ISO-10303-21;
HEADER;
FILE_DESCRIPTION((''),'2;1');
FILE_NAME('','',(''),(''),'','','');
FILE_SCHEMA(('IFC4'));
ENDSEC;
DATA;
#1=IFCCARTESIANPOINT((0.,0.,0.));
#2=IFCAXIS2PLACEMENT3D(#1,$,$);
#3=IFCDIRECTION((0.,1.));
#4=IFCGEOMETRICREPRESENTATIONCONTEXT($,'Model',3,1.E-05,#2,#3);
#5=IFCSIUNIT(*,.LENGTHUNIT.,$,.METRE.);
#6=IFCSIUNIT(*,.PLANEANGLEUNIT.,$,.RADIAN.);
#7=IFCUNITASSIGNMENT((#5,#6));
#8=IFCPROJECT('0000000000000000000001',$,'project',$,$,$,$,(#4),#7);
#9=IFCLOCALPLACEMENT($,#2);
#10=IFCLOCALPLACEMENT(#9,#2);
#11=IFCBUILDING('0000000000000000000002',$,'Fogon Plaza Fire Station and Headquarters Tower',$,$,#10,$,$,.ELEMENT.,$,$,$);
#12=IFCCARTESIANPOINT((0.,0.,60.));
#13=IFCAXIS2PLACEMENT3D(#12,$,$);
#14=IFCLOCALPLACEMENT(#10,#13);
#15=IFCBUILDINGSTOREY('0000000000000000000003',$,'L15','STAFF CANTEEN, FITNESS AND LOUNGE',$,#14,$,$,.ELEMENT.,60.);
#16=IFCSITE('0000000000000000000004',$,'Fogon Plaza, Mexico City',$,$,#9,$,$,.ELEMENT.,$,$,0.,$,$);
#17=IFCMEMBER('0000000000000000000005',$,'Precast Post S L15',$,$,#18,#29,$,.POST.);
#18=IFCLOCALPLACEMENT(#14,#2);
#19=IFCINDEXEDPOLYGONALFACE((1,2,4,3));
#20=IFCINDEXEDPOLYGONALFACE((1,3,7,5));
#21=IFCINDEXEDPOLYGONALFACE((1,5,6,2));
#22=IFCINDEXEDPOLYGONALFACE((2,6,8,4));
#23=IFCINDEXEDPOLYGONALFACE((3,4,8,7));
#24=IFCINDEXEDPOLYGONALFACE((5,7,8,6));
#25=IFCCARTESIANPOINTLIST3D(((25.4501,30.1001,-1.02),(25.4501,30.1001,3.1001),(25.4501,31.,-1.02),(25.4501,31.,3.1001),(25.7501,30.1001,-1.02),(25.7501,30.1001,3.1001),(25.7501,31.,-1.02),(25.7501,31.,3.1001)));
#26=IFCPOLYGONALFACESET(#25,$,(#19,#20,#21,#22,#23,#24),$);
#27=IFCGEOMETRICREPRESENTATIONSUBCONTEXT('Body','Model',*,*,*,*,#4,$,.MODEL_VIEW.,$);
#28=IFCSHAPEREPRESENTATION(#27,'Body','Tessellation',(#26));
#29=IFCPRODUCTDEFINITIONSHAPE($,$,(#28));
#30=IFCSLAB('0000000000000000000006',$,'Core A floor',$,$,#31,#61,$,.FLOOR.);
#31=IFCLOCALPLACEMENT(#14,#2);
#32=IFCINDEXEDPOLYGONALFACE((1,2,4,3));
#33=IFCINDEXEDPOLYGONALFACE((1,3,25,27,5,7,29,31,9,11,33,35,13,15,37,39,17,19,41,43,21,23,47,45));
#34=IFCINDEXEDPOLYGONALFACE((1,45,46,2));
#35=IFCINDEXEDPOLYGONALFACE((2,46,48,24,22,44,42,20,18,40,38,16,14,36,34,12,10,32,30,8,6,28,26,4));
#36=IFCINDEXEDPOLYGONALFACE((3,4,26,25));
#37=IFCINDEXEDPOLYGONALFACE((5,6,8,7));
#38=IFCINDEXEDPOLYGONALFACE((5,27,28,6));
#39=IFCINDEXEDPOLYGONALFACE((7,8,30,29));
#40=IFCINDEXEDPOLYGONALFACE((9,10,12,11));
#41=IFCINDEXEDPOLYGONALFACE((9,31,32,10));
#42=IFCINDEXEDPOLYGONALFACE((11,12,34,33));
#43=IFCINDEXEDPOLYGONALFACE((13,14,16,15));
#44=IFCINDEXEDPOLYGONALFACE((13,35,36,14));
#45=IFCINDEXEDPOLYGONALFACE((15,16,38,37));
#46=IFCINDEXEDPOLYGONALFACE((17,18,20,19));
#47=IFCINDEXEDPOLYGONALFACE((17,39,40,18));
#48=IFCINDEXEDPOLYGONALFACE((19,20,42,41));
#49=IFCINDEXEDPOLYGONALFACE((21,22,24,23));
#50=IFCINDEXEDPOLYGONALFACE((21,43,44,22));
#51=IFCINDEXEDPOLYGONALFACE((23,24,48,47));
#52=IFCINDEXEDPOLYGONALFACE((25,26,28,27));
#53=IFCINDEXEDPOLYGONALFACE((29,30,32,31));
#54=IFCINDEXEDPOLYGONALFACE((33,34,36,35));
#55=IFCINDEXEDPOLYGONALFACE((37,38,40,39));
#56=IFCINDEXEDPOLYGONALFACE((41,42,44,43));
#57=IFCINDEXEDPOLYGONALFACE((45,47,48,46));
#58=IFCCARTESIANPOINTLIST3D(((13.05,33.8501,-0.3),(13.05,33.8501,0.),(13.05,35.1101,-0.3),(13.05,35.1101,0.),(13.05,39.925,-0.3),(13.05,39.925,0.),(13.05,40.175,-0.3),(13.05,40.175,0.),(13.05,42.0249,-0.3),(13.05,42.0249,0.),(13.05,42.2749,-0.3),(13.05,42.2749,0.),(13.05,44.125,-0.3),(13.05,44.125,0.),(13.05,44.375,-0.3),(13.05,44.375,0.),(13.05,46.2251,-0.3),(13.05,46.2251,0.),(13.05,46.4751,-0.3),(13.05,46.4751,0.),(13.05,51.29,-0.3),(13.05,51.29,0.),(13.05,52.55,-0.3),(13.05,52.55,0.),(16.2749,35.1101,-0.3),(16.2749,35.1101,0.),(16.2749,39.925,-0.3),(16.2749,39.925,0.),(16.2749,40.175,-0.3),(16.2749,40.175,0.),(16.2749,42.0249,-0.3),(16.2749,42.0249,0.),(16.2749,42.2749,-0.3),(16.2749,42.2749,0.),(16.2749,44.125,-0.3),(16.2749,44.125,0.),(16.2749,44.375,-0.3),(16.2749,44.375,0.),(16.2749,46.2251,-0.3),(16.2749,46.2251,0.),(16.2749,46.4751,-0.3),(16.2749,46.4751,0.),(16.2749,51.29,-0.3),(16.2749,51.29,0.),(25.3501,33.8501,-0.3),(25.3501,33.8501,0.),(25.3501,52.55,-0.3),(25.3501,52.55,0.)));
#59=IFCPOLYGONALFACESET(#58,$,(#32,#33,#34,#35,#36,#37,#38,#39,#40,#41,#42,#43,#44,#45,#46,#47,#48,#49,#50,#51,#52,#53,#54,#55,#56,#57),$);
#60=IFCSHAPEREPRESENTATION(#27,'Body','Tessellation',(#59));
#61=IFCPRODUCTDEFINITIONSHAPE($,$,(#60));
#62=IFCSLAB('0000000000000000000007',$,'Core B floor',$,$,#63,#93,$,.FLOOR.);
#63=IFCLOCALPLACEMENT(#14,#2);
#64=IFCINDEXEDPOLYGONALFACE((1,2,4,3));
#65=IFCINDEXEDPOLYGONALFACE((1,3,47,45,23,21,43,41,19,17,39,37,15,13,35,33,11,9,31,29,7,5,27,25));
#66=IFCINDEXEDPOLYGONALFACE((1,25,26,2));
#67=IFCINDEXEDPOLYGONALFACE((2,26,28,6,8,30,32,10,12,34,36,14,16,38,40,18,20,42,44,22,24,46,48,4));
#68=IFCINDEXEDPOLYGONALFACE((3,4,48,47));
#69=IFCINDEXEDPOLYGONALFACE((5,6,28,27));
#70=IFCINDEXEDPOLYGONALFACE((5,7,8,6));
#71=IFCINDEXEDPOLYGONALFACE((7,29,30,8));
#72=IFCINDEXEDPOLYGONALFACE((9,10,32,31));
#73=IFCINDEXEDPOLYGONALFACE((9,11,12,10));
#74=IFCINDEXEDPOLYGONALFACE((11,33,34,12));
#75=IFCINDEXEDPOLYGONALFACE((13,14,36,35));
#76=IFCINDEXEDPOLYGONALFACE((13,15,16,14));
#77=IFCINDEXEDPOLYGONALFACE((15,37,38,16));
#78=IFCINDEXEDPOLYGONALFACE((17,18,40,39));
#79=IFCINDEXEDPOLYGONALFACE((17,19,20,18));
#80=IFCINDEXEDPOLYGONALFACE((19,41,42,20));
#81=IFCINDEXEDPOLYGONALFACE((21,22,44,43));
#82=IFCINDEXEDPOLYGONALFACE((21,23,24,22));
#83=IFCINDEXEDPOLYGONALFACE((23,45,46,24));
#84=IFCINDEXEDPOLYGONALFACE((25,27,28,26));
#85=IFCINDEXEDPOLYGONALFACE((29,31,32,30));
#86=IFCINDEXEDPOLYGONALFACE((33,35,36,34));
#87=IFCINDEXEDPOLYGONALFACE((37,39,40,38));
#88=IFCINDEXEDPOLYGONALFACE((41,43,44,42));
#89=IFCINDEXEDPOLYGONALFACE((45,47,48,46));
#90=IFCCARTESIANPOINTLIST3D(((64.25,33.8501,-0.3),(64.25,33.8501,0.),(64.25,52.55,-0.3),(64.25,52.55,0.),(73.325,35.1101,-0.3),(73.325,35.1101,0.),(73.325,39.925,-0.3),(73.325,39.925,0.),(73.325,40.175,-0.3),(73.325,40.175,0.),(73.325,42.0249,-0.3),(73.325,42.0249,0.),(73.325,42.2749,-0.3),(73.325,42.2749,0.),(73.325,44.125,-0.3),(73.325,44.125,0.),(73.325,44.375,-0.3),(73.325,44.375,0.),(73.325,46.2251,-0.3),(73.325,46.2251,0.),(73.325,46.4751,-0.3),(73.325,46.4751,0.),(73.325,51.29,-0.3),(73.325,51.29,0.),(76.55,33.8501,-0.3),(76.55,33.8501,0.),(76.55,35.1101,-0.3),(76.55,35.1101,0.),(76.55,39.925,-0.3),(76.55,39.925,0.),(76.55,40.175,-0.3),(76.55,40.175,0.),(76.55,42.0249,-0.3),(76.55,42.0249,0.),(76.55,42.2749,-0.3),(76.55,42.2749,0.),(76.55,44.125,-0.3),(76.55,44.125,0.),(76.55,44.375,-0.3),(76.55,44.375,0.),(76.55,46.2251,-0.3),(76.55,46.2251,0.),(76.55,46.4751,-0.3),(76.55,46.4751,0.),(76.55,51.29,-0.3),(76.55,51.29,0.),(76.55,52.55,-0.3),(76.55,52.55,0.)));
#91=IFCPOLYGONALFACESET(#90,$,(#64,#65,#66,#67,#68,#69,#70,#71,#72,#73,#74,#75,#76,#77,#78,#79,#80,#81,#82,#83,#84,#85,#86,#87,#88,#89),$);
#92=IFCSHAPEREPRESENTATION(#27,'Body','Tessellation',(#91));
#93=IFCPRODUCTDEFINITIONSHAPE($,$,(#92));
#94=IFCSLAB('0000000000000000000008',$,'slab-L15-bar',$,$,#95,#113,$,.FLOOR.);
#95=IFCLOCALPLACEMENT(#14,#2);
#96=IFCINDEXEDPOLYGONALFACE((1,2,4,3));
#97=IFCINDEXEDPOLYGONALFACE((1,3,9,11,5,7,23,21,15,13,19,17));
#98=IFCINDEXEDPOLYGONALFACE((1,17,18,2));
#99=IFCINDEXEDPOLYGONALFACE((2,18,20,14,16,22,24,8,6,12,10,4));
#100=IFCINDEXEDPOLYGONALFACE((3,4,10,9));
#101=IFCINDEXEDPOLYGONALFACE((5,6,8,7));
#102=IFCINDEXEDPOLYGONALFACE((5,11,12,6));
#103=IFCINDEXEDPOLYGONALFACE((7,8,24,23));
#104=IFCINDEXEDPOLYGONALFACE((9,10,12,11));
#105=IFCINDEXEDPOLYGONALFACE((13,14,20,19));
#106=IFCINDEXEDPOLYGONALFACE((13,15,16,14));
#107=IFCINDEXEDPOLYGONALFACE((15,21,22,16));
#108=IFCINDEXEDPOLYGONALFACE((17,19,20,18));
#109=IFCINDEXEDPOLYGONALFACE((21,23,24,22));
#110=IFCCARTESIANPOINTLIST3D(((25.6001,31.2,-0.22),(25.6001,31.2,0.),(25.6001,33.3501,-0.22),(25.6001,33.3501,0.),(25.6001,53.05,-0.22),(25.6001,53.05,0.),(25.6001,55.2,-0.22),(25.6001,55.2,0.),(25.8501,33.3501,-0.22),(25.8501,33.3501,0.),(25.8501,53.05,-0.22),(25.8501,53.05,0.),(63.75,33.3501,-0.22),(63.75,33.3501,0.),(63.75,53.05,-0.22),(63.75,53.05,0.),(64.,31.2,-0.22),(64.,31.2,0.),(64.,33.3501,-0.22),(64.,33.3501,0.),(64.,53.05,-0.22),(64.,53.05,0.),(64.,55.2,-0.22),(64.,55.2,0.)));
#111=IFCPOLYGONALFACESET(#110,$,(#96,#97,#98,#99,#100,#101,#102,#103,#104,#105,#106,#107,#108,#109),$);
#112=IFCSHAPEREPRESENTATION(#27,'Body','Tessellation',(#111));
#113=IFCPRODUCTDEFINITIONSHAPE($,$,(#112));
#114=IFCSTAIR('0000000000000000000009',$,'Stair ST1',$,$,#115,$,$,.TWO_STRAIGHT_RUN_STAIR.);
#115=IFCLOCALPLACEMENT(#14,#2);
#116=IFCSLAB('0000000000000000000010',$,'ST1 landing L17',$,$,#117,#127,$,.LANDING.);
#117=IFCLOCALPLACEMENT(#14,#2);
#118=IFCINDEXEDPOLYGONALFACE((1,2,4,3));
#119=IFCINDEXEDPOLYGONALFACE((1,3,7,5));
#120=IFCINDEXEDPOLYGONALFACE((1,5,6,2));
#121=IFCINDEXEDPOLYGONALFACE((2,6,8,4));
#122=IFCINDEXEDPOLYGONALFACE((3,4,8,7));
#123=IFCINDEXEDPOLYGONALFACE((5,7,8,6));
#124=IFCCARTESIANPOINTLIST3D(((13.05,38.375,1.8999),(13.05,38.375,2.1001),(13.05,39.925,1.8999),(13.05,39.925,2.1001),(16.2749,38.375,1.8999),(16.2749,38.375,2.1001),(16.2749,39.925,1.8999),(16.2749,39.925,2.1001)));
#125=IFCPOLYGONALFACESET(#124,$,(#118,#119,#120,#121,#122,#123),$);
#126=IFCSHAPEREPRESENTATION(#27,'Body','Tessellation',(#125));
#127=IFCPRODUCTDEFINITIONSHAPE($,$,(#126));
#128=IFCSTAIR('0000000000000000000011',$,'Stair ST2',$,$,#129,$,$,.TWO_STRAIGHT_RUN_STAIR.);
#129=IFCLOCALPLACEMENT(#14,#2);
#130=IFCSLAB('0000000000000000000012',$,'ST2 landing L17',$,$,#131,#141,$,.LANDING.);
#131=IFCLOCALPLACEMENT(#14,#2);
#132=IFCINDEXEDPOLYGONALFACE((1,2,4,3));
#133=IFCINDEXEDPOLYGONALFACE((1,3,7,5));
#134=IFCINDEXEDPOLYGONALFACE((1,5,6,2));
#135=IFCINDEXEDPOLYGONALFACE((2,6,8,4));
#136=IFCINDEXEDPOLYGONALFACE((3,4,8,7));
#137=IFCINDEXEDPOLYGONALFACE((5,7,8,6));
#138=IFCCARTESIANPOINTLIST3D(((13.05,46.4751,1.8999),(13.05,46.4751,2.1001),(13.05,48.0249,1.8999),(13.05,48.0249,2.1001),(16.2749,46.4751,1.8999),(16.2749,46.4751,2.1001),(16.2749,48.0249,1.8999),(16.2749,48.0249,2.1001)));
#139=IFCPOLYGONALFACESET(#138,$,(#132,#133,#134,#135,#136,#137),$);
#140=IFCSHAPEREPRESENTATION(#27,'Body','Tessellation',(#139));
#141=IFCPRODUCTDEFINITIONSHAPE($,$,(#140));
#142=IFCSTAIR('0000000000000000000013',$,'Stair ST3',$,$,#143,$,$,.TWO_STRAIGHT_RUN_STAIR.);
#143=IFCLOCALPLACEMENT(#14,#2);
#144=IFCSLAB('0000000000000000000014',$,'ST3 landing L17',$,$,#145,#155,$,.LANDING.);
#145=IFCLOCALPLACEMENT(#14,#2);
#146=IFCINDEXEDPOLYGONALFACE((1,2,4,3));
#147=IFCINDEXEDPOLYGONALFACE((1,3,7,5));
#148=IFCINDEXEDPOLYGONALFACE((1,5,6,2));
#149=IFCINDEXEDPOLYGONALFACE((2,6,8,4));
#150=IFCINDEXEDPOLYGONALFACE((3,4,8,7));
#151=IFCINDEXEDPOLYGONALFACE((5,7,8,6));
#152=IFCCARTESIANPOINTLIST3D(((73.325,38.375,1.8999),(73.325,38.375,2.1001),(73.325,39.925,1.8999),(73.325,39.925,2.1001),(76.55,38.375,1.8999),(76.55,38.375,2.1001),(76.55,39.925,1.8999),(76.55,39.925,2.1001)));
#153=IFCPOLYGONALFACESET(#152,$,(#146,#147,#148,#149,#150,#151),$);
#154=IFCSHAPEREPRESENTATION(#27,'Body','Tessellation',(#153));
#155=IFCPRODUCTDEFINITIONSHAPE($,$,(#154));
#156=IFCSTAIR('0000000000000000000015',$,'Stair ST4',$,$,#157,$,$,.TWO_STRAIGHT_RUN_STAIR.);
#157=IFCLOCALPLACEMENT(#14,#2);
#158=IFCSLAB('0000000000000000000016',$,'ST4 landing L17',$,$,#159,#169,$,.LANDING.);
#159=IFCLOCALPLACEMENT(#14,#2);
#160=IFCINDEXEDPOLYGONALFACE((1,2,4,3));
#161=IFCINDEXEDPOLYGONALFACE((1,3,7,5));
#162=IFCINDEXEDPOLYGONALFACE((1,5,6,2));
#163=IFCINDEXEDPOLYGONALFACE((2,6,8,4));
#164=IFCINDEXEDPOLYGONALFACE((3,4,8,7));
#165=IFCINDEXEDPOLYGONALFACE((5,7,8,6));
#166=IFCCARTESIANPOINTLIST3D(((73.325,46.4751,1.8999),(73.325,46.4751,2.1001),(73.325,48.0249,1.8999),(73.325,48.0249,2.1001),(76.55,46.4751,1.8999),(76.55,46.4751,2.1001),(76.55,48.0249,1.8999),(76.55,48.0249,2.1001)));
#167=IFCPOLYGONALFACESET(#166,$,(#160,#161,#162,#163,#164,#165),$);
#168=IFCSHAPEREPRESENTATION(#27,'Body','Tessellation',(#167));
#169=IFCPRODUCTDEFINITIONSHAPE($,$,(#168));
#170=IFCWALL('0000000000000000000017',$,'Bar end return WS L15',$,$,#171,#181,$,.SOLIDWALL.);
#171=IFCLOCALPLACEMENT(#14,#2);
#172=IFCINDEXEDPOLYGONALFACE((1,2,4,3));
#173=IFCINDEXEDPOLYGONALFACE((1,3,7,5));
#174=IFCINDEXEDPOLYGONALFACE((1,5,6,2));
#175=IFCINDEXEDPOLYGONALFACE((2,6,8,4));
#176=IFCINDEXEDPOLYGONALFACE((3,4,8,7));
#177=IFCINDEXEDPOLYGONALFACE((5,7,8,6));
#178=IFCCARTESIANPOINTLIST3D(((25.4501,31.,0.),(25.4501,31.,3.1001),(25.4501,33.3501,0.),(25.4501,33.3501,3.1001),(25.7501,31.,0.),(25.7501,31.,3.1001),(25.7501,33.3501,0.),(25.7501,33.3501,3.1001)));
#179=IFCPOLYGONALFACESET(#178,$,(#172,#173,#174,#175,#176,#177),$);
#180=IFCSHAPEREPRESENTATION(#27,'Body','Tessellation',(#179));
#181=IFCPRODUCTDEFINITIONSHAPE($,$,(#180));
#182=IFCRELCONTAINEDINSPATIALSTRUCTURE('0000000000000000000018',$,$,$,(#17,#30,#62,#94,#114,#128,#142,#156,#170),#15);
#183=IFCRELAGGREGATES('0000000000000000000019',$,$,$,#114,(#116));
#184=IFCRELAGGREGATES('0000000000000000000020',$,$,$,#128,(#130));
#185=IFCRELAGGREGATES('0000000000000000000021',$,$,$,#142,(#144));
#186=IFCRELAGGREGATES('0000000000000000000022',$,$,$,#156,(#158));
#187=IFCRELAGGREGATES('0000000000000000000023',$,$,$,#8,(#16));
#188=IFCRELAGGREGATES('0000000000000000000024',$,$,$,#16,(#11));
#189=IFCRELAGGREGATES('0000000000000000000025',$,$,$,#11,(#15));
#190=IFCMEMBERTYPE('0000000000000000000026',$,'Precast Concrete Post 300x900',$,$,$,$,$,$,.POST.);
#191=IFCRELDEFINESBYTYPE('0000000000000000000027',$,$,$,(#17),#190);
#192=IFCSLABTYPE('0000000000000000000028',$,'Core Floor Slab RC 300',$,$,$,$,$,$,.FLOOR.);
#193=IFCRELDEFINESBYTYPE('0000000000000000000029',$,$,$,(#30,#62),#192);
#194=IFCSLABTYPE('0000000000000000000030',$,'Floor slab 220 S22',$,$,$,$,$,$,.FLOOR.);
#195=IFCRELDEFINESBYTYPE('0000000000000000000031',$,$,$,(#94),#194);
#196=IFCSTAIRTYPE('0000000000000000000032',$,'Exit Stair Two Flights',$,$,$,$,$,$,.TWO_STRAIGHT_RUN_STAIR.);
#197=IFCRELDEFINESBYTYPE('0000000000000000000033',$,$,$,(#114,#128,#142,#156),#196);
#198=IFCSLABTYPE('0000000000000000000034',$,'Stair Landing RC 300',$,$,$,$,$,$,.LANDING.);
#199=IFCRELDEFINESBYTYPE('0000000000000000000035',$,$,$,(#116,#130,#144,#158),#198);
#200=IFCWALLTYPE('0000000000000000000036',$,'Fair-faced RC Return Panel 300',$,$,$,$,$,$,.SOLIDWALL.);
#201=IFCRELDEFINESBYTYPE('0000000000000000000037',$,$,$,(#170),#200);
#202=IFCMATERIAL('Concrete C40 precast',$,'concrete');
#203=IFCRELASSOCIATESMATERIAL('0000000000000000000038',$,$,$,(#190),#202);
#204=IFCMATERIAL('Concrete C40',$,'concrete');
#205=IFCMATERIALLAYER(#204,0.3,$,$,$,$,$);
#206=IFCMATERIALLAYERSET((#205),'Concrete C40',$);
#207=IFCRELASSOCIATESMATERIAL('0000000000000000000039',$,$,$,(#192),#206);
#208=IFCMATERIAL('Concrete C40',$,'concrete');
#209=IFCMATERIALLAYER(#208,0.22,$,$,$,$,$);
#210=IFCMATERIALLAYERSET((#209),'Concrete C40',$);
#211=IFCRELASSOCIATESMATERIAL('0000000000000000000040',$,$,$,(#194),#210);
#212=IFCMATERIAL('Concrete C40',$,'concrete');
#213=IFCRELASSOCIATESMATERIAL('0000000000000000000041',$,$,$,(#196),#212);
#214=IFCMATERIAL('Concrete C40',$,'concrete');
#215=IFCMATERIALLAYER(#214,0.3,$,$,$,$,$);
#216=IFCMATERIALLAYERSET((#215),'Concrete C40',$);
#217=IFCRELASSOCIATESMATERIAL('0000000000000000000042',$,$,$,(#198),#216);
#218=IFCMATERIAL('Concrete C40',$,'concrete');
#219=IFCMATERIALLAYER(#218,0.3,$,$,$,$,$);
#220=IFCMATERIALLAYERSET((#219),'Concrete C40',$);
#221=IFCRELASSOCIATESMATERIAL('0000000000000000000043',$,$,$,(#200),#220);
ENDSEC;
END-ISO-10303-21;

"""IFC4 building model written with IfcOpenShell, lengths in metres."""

from ifc_helpers import new_model, si_unit, direction, frame, frame_2d, origin, origin_2d, place, context, subcontext, project, spatial, polyline, rectangle, outline, extrude, material, layer, layer_set, material_profile, profile_set, type_object, element, aggregate, save


model = new_model("IFC4")

# Units and contexts
model_context = context("Model", 3, precision=1e-05, world=origin(), true_north=direction((0.0, 1.0)))
body_context = subcontext(model_context, "Body", "Model", "MODEL_VIEW")
ifc_project = project(units=[si_unit("LENGTHUNIT", "METRE"), si_unit("PLANEANGLEUNIT", "RADIAN")], contexts=[model_context])

# Site, building, storey
site_placement = place(None, origin())
site = spatial("IfcSite", under=ifc_project, at=site_placement, Name="Fogon Plaza, Mexico City", CompositionType="ELEMENT", RefElevation=0.0)
building_placement = place(site_placement, origin())
building = spatial("IfcBuilding", under=site, at=building_placement, Name="Fogon Plaza Fire Station and Headquarters Tower", CompositionType="ELEMENT")
storey_placement = place(building_placement, frame((0.0, 0.0, 60.0)))
storey = spatial("IfcBuildingStorey", under=building, at=storey_placement, Name="L15", Description="STAFF CANTEEN, FITNESS AND LOUNGE", CompositionType="ELEMENT", Elevation=60.0)

# Member
ifc_material_1 = material(Name="Concrete C40 precast", Category="concrete")
ifc_material_profile = material_profile(ifc_material_1, rectangle(XDim=0.3, YDim=0.8999, at=origin_2d()), Name="Precast Concrete Post 300x900")
ifc_profile_set = profile_set([ifc_material_profile], Name="Concrete C40 precast")
member_type = type_object("IfcMemberType", Name="Precast Concrete Post 300x900", PredefinedType="POST", material=ifc_profile_set)
member_placement = place(storey_placement, frame((25.6001, 30.55, -1.02), z_axis=(0.0, 0.0, 1.0), x_axis=(1.0, 0.0, 0.0)))
element("IfcMember", 1, at=member_placement, inside=storey, type_object=member_type, Name="Precast Post S L15", PredefinedType="POST", context=body_context, shape_type="SweptSolid", body=[
    extrude(rectangle(XDim=0.3, YDim=0.8999, at=origin_2d()), origin(), (0.0, 0.0, 1.0), 4.1201),
])

# Slabs
ifc_material_2 = material(Name="Concrete C40", Category="concrete")
ifc_layer_1 = layer(ifc_material_2, 0.3)
ifc_layer_set_1 = layer_set([ifc_layer_1], Name="Concrete C40")
slab_type_1 = type_object("IfcSlabType", Name="Core Floor Slab RC 300", PredefinedType="FLOOR", material=ifc_layer_set_1)
slab_1_placement = place(storey_placement, frame((0.0, 0.0, -0.3)))
element("IfcSlab", 2, at=slab_1_placement, inside=storey, type_object=slab_type_1, Name="Core A floor", PredefinedType="FLOOR", context=body_context, shape_type="SweptSolid", body=[
    extrude(outline(polyline([(13.05, 35.1101), (13.05, 33.8501), (25.3501, 33.8501), (25.3501, 52.55), (13.05, 52.55), (13.05, 51.29), (16.2749, 51.29), (16.2749, 46.4751), (13.05, 46.4751), (13.05, 46.2251), (16.2749, 46.2251), (16.2749, 44.375), (13.05, 44.375), (13.05, 44.125), (16.2749, 44.125), (16.2749, 42.2749), (13.05, 42.2749), (13.05, 42.0249), (16.2749, 42.0249), (16.2749, 40.175), (13.05, 40.175), (13.05, 39.925), (16.2749, 39.925), (16.2749, 35.1101), (13.05, 35.1101)])), origin(), (0.0, 0.0, 1.0), 0.3),
])
slab_2_placement = place(storey_placement, frame((0.0, 0.0, -0.3)))
element("IfcSlab", 3, at=slab_2_placement, inside=storey, type_object=slab_type_1, Name="Core B floor", PredefinedType="FLOOR", context=body_context, shape_type="SweptSolid", body=[
    extrude(outline(polyline([(76.55, 35.1101), (73.325, 35.1101), (73.325, 39.925), (76.55, 39.925), (76.55, 40.175), (73.325, 40.175), (73.325, 42.0249), (76.55, 42.0249), (76.55, 42.2749), (73.325, 42.2749), (73.325, 44.125), (76.55, 44.125), (76.55, 44.375), (73.325, 44.375), (73.325, 46.2251), (76.55, 46.2251), (76.55, 46.4751), (73.325, 46.4751), (73.325, 51.29), (76.55, 51.29), (76.55, 52.55), (64.25, 52.55), (64.25, 33.8501), (76.55, 33.8501), (76.55, 35.1101)])), origin(), (0.0, 0.0, 1.0), 0.3),
])
ifc_material_3 = material(Name="Concrete C40", Category="concrete")
ifc_layer_2 = layer(ifc_material_3, 0.22)
ifc_layer_set_2 = layer_set([ifc_layer_2], Name="Concrete C40")
slab_type_2 = type_object("IfcSlabType", Name="Floor slab 220 S22", PredefinedType="FLOOR", material=ifc_layer_set_2)
slab_3_placement = place(storey_placement, frame((0.0, 0.0, -0.22)))
element("IfcSlab", 4, at=slab_3_placement, inside=storey, type_object=slab_type_2, Name="slab-L15-bar", PredefinedType="FLOOR", context=body_context, shape_type="SweptSolid", body=[
    extrude(outline(polyline([(64.0, 31.2), (25.6001, 31.2), (25.6001, 33.3501), (25.8501, 33.3501), (25.8501, 53.05), (25.6001, 53.05), (25.6001, 55.2), (64.0, 55.2), (64.0, 53.05), (63.75, 53.05), (63.75, 33.3501), (64.0, 33.3501), (64.0, 31.2)])), origin(), (0.0, 0.0, 1.0), 0.22),
])

# Stairs, slabs
ifc_material_4 = material(Name="Concrete C40", Category="concrete")
stair_type = type_object("IfcStairType", Name="Exit Stair Two Flights", PredefinedType="TWO_STRAIGHT_RUN_STAIR", material=ifc_material_4)
stair_1_placement = place(storey_placement, origin())
stair_1 = element("IfcStair", 5, at=stair_1_placement, inside=storey, type_object=stair_type, Name="Stair ST1", PredefinedType="TWO_STRAIGHT_RUN_STAIR")
ifc_material_5 = material(Name="Concrete C40", Category="concrete")
ifc_layer_3 = layer(ifc_material_5, 0.3)
ifc_layer_set_3 = layer_set([ifc_layer_3], Name="Concrete C40")
slab_type_3 = type_object("IfcSlabType", Name="Stair Landing RC 300", PredefinedType="LANDING", material=ifc_layer_set_3)
slab_4_placement = place(storey_placement, frame((0.0, 0.0, 1.8999)))
slab_4 = element("IfcSlab", 6, at=slab_4_placement, type_object=slab_type_3, Name="ST1 landing L17", PredefinedType="LANDING", context=body_context, shape_type="SweptSolid", body=[
    extrude(outline(polyline([(16.2749, 38.375), (16.2749, 39.925), (13.05, 39.925), (13.05, 38.375), (16.2749, 38.375)])), origin(), (0.0, 0.0, 1.0), 0.2002),
])
aggregate(stair_1, [slab_4])
stair_2_placement = place(storey_placement, origin())
stair_2 = element("IfcStair", 7, at=stair_2_placement, inside=storey, type_object=stair_type, Name="Stair ST2", PredefinedType="TWO_STRAIGHT_RUN_STAIR")
slab_5_placement = place(storey_placement, frame((0.0, 0.0, 1.8999)))
slab_5 = element("IfcSlab", 8, at=slab_5_placement, type_object=slab_type_3, Name="ST2 landing L17", PredefinedType="LANDING", context=body_context, shape_type="SweptSolid", body=[
    extrude(outline(polyline([(16.2749, 46.4751), (16.2749, 48.0249), (13.05, 48.0249), (13.05, 46.4751), (16.2749, 46.4751)])), origin(), (0.0, 0.0, 1.0), 0.2002),
])
aggregate(stair_2, [slab_5])
stair_3_placement = place(storey_placement, origin())
stair_3 = element("IfcStair", 9, at=stair_3_placement, inside=storey, type_object=stair_type, Name="Stair ST3", PredefinedType="TWO_STRAIGHT_RUN_STAIR")
slab_6_placement = place(storey_placement, frame((0.0, 0.0, 1.8999)))
slab_6 = element("IfcSlab", 10, at=slab_6_placement, type_object=slab_type_3, Name="ST3 landing L17", PredefinedType="LANDING", context=body_context, shape_type="SweptSolid", body=[
    extrude(outline(polyline([(73.325, 38.375), (76.55, 38.375), (76.55, 39.925), (73.325, 39.925), (73.325, 38.375)])), origin(), (0.0, 0.0, 1.0), 0.2002),
])
aggregate(stair_3, [slab_6])
stair_4_placement = place(storey_placement, origin())
stair_4 = element("IfcStair", 11, at=stair_4_placement, inside=storey, type_object=stair_type, Name="Stair ST4", PredefinedType="TWO_STRAIGHT_RUN_STAIR")
slab_7_placement = place(storey_placement, frame((0.0, 0.0, 1.8999)))
slab_7 = element("IfcSlab", 12, at=slab_7_placement, type_object=slab_type_3, Name="ST4 landing L17", PredefinedType="LANDING", context=body_context, shape_type="SweptSolid", body=[
    extrude(outline(polyline([(73.325, 46.4751), (76.55, 46.4751), (76.55, 48.0249), (73.325, 48.0249), (73.325, 46.4751)])), origin(), (0.0, 0.0, 1.0), 0.2002),
])
aggregate(stair_4, [slab_7])

# Wall
ifc_material_6 = material(Name="Concrete C40", Category="concrete")
ifc_layer_4 = layer(ifc_material_6, 0.3)
ifc_layer_set_4 = layer_set([ifc_layer_4], Name="Concrete C40")
wall_type = type_object("IfcWallType", Name="Fair-faced RC Return Panel 300", PredefinedType="SOLIDWALL", material=ifc_layer_set_4)
wall_placement = place(storey_placement, frame((25.6001, 31.0, 0.0), z_axis=(0.0, 0.0, 1.0), x_axis=(0.0, 1.0, 0.0)))
element("IfcWall", 13, at=wall_placement, inside=storey, type_object=wall_type, Name="Bar end return WS L15", PredefinedType="SOLIDWALL", context=body_context, shape_type="SweptSolid", body=[
    extrude(rectangle(XDim=2.3501, YDim=0.3, at=frame_2d((1.175, 0.0))), origin(), (0.0, 0.0, 1.0), 3.1001),
])

save(model, "model.ifc")
